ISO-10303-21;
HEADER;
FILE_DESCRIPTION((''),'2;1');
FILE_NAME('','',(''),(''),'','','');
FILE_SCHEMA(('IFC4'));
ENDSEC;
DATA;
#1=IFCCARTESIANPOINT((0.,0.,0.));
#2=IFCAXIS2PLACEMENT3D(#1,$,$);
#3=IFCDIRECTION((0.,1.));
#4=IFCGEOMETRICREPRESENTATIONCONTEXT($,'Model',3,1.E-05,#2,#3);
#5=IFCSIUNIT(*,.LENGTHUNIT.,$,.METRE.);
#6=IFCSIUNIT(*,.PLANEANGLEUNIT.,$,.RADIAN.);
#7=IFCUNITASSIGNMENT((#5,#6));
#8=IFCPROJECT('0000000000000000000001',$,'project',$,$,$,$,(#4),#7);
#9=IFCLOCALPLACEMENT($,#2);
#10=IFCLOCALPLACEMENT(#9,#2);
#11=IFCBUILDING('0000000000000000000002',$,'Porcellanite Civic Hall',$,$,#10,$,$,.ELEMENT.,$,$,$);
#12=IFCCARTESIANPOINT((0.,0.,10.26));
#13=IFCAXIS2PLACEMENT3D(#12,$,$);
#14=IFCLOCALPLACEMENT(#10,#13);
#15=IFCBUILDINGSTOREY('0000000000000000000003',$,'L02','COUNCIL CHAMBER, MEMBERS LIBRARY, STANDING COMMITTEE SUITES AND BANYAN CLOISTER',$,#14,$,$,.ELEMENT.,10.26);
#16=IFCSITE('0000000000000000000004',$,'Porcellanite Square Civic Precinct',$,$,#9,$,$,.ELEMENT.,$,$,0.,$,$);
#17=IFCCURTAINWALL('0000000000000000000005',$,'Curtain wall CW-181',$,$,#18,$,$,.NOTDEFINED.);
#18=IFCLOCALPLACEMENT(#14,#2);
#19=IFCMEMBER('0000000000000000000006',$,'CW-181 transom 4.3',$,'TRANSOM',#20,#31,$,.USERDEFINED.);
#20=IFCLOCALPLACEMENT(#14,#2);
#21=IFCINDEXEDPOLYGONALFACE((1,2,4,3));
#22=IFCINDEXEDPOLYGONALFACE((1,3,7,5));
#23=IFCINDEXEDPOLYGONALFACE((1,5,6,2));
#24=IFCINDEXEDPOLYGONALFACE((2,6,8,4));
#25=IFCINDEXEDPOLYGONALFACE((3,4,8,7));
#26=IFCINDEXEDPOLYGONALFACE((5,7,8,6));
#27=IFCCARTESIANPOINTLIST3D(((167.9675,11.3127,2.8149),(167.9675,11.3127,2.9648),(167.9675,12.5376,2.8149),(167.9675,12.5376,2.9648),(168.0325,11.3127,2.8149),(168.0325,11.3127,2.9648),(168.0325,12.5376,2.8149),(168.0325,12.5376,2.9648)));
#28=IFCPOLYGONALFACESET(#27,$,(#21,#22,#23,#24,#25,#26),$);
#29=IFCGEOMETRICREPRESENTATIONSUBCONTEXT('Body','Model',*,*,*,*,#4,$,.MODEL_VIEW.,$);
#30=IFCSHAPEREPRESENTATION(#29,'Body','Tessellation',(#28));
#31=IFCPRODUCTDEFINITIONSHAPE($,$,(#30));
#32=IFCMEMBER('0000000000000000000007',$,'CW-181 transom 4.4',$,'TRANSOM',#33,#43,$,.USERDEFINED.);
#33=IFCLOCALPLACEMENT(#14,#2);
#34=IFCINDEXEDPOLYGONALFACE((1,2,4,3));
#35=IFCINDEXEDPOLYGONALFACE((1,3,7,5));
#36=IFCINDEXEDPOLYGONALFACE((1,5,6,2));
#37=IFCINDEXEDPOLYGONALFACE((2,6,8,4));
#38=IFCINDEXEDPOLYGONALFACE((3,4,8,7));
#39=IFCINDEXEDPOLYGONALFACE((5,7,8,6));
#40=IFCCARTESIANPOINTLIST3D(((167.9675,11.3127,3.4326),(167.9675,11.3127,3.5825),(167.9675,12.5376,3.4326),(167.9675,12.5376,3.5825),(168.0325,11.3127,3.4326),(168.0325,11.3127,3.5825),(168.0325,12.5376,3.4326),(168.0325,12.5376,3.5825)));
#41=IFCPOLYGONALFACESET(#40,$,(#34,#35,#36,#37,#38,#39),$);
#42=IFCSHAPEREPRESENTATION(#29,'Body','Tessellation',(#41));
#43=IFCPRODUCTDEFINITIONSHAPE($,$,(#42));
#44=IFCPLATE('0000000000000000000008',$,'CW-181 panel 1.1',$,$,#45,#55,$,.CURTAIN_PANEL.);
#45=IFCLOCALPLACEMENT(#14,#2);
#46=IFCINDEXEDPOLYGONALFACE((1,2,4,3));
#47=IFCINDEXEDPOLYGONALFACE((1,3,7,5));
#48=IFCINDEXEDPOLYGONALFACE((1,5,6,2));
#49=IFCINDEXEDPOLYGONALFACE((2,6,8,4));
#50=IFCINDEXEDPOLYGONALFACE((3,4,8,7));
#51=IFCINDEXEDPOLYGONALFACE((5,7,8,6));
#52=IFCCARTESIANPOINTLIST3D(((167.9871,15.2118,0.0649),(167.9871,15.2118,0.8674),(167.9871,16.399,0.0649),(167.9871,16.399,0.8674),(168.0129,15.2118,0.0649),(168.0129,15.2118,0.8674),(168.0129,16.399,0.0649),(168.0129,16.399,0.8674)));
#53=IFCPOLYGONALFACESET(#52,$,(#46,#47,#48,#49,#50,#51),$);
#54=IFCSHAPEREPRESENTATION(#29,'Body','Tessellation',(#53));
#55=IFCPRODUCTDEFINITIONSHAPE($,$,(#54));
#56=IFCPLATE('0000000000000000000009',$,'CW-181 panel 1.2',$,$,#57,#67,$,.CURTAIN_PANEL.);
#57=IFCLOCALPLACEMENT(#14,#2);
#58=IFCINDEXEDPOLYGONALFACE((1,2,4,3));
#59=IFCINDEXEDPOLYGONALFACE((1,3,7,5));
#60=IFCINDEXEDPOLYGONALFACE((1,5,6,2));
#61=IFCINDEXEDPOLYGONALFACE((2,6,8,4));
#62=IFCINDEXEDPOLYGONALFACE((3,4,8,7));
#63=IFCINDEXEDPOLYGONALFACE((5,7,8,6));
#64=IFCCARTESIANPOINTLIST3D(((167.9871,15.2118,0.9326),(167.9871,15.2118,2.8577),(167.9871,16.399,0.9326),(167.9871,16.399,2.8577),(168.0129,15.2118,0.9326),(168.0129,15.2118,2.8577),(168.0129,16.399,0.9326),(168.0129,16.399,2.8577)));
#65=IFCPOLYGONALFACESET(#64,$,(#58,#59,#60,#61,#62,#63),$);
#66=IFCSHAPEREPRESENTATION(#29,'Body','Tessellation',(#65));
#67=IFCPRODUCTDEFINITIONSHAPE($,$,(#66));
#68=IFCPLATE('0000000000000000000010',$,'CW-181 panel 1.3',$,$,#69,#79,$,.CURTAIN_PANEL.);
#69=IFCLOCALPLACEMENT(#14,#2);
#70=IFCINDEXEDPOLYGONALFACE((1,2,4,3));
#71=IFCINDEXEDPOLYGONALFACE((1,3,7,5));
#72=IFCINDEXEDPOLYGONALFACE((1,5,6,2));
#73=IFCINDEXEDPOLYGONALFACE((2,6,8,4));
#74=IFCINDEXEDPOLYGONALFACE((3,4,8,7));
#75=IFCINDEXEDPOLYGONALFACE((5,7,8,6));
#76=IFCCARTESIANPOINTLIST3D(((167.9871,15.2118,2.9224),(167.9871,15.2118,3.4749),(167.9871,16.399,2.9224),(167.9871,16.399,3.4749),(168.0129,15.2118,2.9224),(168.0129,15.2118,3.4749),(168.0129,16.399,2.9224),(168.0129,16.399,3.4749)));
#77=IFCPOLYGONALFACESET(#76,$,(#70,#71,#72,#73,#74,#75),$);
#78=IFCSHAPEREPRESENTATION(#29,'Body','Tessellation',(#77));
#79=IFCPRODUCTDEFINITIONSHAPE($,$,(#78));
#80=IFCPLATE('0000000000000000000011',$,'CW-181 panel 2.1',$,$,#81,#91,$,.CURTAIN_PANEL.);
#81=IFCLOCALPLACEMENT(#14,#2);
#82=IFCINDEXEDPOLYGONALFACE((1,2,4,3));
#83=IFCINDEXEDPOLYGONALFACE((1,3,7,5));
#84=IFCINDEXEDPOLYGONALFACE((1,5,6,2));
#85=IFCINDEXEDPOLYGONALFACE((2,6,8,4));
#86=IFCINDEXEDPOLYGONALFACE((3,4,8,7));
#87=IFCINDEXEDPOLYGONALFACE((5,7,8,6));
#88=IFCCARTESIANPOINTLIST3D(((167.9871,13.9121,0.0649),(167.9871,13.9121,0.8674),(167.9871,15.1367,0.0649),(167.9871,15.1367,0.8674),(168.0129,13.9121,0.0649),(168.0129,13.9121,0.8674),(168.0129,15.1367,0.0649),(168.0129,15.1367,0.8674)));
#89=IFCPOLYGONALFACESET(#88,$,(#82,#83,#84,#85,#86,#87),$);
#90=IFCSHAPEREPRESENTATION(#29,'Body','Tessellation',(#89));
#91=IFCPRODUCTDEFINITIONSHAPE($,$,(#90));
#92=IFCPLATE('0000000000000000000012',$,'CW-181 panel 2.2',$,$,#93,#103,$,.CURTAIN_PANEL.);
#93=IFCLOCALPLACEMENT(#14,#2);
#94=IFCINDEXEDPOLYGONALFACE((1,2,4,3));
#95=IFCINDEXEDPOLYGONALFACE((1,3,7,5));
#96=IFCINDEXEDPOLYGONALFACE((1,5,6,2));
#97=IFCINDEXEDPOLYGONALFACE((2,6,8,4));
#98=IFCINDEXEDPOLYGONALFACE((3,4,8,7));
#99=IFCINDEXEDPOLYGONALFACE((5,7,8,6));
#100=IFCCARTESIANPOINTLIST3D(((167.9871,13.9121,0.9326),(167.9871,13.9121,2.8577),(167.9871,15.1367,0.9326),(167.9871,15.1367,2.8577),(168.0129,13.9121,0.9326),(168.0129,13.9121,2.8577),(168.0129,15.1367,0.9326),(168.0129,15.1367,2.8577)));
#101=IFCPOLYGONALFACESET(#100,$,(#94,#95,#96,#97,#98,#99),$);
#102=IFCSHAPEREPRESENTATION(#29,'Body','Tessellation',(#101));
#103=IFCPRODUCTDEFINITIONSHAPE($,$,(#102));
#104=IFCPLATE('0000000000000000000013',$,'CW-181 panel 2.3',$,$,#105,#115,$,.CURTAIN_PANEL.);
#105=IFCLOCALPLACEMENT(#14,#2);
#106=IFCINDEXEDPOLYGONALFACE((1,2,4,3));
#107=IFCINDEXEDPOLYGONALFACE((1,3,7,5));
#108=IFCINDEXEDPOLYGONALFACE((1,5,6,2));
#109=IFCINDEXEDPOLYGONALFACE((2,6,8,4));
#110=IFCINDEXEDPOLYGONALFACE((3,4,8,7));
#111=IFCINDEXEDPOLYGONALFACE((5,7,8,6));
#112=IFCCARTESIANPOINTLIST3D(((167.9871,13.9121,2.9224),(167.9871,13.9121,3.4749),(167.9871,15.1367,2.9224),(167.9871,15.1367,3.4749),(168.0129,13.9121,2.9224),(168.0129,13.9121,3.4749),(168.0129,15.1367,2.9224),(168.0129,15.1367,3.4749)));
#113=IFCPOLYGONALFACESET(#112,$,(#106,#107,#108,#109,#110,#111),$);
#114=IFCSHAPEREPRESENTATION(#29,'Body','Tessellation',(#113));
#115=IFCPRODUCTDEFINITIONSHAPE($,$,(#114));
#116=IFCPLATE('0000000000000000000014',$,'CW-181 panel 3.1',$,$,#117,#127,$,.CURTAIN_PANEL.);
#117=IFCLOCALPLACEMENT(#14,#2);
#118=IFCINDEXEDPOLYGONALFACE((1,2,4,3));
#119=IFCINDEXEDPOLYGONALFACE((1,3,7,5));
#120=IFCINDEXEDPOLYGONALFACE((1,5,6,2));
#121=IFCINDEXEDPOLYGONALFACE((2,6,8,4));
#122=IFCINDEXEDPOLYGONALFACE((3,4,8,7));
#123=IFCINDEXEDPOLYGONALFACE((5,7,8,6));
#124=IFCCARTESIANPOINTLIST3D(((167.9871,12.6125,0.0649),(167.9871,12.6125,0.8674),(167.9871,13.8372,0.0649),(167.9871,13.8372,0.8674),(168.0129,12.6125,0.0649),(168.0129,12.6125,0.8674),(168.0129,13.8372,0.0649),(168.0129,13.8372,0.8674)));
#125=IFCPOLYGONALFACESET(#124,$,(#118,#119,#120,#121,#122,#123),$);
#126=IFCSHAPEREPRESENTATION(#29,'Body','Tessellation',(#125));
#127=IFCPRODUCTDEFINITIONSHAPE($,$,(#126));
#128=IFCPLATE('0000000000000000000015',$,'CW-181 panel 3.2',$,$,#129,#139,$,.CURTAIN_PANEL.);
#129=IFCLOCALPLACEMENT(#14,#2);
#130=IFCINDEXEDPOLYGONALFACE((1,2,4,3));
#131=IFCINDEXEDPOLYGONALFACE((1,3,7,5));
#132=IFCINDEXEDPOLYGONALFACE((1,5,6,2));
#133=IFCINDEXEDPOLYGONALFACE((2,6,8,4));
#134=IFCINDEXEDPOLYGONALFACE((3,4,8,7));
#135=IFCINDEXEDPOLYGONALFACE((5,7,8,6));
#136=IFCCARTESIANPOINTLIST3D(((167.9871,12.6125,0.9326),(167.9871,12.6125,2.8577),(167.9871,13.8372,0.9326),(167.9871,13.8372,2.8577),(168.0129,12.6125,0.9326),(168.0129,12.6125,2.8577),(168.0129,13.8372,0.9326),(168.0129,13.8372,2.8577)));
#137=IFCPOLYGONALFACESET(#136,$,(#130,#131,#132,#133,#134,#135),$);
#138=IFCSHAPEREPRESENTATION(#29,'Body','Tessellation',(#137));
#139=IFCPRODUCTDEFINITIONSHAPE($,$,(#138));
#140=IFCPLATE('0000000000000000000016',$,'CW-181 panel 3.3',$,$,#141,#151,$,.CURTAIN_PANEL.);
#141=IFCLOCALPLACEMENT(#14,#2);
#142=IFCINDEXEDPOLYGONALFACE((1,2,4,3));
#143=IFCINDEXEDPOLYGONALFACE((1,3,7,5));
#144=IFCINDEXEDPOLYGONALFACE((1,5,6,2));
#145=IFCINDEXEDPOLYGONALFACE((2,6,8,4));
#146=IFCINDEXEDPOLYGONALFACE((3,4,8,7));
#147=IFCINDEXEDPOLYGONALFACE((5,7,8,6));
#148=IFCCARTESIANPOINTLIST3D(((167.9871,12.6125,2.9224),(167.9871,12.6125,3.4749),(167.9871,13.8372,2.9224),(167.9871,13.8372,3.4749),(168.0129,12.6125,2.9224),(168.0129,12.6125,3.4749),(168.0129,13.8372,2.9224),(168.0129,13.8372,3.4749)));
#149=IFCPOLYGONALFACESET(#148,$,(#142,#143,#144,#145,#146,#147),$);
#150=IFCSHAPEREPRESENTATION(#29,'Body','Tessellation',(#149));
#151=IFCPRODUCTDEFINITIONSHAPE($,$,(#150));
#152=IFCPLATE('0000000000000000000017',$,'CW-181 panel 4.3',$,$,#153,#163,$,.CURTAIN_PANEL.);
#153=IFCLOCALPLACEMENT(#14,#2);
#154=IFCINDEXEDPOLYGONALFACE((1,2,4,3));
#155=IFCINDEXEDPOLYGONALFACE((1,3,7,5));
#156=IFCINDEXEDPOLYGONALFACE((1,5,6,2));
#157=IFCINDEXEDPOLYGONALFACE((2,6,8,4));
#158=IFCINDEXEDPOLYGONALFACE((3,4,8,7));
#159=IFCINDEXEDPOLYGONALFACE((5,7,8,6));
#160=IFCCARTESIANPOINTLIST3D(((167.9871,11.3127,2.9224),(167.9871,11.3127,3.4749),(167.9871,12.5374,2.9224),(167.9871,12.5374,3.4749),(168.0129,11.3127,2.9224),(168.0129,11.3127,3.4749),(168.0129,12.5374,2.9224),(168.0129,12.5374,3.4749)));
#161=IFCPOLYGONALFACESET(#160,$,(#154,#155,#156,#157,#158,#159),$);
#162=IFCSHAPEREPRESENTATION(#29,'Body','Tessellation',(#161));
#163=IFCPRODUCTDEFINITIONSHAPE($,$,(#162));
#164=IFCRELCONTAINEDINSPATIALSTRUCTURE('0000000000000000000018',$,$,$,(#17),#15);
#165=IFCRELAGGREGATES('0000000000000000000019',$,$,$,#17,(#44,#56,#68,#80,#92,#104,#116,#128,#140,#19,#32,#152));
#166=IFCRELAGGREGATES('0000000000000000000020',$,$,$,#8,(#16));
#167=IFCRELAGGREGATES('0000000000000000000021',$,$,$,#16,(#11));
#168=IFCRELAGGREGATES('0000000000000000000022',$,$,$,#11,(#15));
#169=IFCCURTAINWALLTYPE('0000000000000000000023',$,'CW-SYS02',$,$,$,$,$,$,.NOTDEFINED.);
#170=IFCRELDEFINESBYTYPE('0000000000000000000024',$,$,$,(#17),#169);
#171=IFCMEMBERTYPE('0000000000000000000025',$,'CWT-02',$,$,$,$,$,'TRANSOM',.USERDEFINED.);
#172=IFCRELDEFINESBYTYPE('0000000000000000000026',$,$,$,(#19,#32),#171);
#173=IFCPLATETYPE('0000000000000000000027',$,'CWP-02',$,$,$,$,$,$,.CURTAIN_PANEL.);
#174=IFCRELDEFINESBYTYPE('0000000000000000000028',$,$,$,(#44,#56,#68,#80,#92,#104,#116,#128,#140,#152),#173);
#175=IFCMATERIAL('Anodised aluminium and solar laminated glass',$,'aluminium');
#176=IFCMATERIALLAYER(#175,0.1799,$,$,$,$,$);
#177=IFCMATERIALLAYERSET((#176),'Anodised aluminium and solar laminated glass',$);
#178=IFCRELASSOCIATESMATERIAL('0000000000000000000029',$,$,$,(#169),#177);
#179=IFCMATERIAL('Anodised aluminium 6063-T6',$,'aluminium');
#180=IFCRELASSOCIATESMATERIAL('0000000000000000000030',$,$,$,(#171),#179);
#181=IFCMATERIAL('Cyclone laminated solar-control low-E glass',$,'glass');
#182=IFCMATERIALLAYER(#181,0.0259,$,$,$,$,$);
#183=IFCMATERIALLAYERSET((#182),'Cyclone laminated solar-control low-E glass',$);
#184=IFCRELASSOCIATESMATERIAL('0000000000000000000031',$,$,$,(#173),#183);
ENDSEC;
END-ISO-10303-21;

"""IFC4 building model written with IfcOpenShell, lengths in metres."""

from ifc_helpers import new_model, si_unit, direction, frame, origin, origin_2d, place, context, subcontext, project, spatial, rectangle, extrude, material, layer, layer_set, material_profile, profile_set, type_object, element, aggregate, save


model = new_model("IFC4")

# Units and contexts
model_context = context("Model", 3, precision=1e-05, world=origin(), true_north=direction((0.0, 1.0)))
body_context = subcontext(model_context, "Body", "Model", "MODEL_VIEW")
ifc_project = project(units=[si_unit("LENGTHUNIT", "METRE"), si_unit("PLANEANGLEUNIT", "RADIAN")], contexts=[model_context])

# Site, building, storey
site_placement = place(None, origin())
site = spatial("IfcSite", under=ifc_project, at=site_placement, Name="Porcellanite Square Civic Precinct", CompositionType="ELEMENT", RefElevation=0.0)
building_placement = place(site_placement, origin())
building = spatial("IfcBuilding", under=site, at=building_placement, Name="Porcellanite Civic Hall", CompositionType="ELEMENT")
storey_placement = place(building_placement, frame((0.0, 0.0, 10.26)))
storey = spatial("IfcBuildingStorey", under=building, at=storey_placement, Name="L02", Description="COUNCIL CHAMBER, MEMBERS LIBRARY, STANDING COMMITTEE SUITES AND BANYAN CLOISTER", CompositionType="ELEMENT", Elevation=10.26)

# Curtain wall, members, plates
ifc_material_1 = material(Name="Anodised aluminium and solar laminated glass", Category="aluminium")
ifc_layer_1 = layer(ifc_material_1, 0.1799)
ifc_layer_set_1 = layer_set([ifc_layer_1], Name="Anodised aluminium and solar laminated glass")
curtain_wall_type = type_object("IfcCurtainWallType", Name="CW-SYS02", PredefinedType="NOTDEFINED", material=ifc_layer_set_1)
curtain_wall_placement = place(storey_placement, origin())
curtain_wall = element("IfcCurtainWall", 1, at=curtain_wall_placement, inside=storey, type_object=curtain_wall_type, Name="Curtain wall CW-181", PredefinedType="NOTDEFINED")
ifc_material_2 = material(Name="Anodised aluminium 6063-T6", Category="aluminium")
ifc_material_profile_1 = material_profile(ifc_material_2, rectangle(XDim=0.0649, YDim=0.1499, at=origin_2d()), Name="AL-65x150")
ifc_profile_set_1 = profile_set([ifc_material_profile_1], Name="Anodised aluminium 6063-T6")
member_type_1 = type_object("IfcMemberType", Name="CWT-02", ElementType="TRANSOM", PredefinedType="USERDEFINED", material=ifc_profile_set_1)
member_1_placement = place(storey_placement, frame((168.0, 12.5376, 2.8899), z_axis=(0.0, -1.0, 0.0), x_axis=(1.0, 0.0, 0.0)))
member_1 = element("IfcMember", 2, at=member_1_placement, type_object=member_type_1, Name="CW-181 transom 4.3", ObjectType="TRANSOM", PredefinedType="USERDEFINED", context=body_context, shape_type="SweptSolid", body=[
    extrude(rectangle(XDim=0.0649, YDim=0.1499, at=origin_2d()), origin(), (0.0, 0.0, 1.0), 1.2249),
])
member_2_placement = place(storey_placement, frame((168.0, 12.5376, 3.5076), z_axis=(0.0, -1.0, 0.0), x_axis=(1.0, 0.0, 0.0)))
member_2 = element("IfcMember", 3, at=member_2_placement, type_object=member_type_1, Name="CW-181 transom 4.4", ObjectType="TRANSOM", PredefinedType="USERDEFINED", context=body_context, shape_type="SweptSolid", body=[
    extrude(rectangle(XDim=0.0649, YDim=0.1499, at=origin_2d()), origin(), (0.0, 0.0, 1.0), 1.2249),
])
ifc_material_3 = material(Name="Cyclone laminated solar-control low-E glass", Category="glass")
ifc_layer_2 = layer(ifc_material_3, 0.0259)
ifc_layer_set_2 = layer_set([ifc_layer_2], Name="Cyclone laminated solar-control low-E glass")
plate_type = type_object("IfcPlateType", Name="CWP-02", PredefinedType="CURTAIN_PANEL", material=ifc_layer_set_2)
plate_1_placement = place(storey_placement, frame((168.0, 15.8054, 0.0649), z_axis=(0.0, 0.0, 1.0), x_axis=(0.0, -1.0, 0.0)))
plate_1 = element("IfcPlate", 4, at=plate_1_placement, type_object=plate_type, Name="CW-181 panel 1.1", PredefinedType="CURTAIN_PANEL", context=body_context, shape_type="SweptSolid", body=[
    extrude(rectangle(XDim=1.1873, YDim=0.0259, at=origin_2d()), origin(), (0.0, 0.0, 1.0), 0.8025),
])
plate_2_placement = place(storey_placement, frame((168.0, 15.8054, 0.9326), z_axis=(0.0, 0.0, 1.0), x_axis=(0.0, -1.0, 0.0)))
plate_2 = element("IfcPlate", 5, at=plate_2_placement, type_object=plate_type, Name="CW-181 panel 1.2", PredefinedType="CURTAIN_PANEL", context=body_context, shape_type="SweptSolid", body=[
    extrude(rectangle(XDim=1.1873, YDim=0.0259, at=origin_2d()), origin(), (0.0, 0.0, 1.0), 1.925),
])
plate_3_placement = place(storey_placement, frame((168.0, 15.8054, 2.9224), z_axis=(0.0, 0.0, 1.0), x_axis=(0.0, -1.0, 0.0)))
plate_3 = element("IfcPlate", 6, at=plate_3_placement, type_object=plate_type, Name="CW-181 panel 1.3", PredefinedType="CURTAIN_PANEL", context=body_context, shape_type="SweptSolid", body=[
    extrude(rectangle(XDim=1.1873, YDim=0.0259, at=origin_2d()), origin(), (0.0, 0.0, 1.0), 0.5525),
])
plate_4_placement = place(storey_placement, frame((168.0, 14.5244, 0.0649), z_axis=(0.0, 0.0, 1.0), x_axis=(0.0, -1.0, 0.0)))
plate_4 = element("IfcPlate", 7, at=plate_4_placement, type_object=plate_type, Name="CW-181 panel 2.1", PredefinedType="CURTAIN_PANEL", context=body_context, shape_type="SweptSolid", body=[
    extrude(rectangle(XDim=1.2246, YDim=0.0259, at=origin_2d()), origin(), (0.0, 0.0, 1.0), 0.8025),
])
plate_5_placement = place(storey_placement, frame((168.0, 14.5244, 0.9326), z_axis=(0.0, 0.0, 1.0), x_axis=(0.0, -1.0, 0.0)))
plate_5 = element("IfcPlate", 8, at=plate_5_placement, type_object=plate_type, Name="CW-181 panel 2.2", PredefinedType="CURTAIN_PANEL", context=body_context, shape_type="SweptSolid", body=[
    extrude(rectangle(XDim=1.2246, YDim=0.0259, at=origin_2d()), origin(), (0.0, 0.0, 1.0), 1.925),
])
plate_6_placement = place(storey_placement, frame((168.0, 14.5244, 2.9224), z_axis=(0.0, 0.0, 1.0), x_axis=(0.0, -1.0, 0.0)))
plate_6 = element("IfcPlate", 9, at=plate_6_placement, type_object=plate_type, Name="CW-181 panel 2.3", PredefinedType="CURTAIN_PANEL", context=body_context, shape_type="SweptSolid", body=[
    extrude(rectangle(XDim=1.2246, YDim=0.0259, at=origin_2d()), origin(), (0.0, 0.0, 1.0), 0.5525),
])
plate_7_placement = place(storey_placement, frame((168.0, 13.2249, 0.0649), z_axis=(0.0, 0.0, 1.0), x_axis=(0.0, -1.0, 0.0)))
plate_7 = element("IfcPlate", 10, at=plate_7_placement, type_object=plate_type, Name="CW-181 panel 3.1", PredefinedType="CURTAIN_PANEL", context=body_context, shape_type="SweptSolid", body=[
    extrude(rectangle(XDim=1.2246, YDim=0.0259, at=origin_2d()), origin(), (0.0, 0.0, 1.0), 0.8025),
])
plate_8_placement = place(storey_placement, frame((168.0, 13.2249, 0.9326), z_axis=(0.0, 0.0, 1.0), x_axis=(0.0, -1.0, 0.0)))
plate_8 = element("IfcPlate", 11, at=plate_8_placement, type_object=plate_type, Name="CW-181 panel 3.2", PredefinedType="CURTAIN_PANEL", context=body_context, shape_type="SweptSolid", body=[
    extrude(rectangle(XDim=1.2246, YDim=0.0259, at=origin_2d()), origin(), (0.0, 0.0, 1.0), 1.925),
])
plate_9_placement = place(storey_placement, frame((168.0, 13.2249, 2.9224), z_axis=(0.0, 0.0, 1.0), x_axis=(0.0, -1.0, 0.0)))
plate_9 = element("IfcPlate", 12, at=plate_9_placement, type_object=plate_type, Name="CW-181 panel 3.3", PredefinedType="CURTAIN_PANEL", context=body_context, shape_type="SweptSolid", body=[
    extrude(rectangle(XDim=1.2246, YDim=0.0259, at=origin_2d()), origin(), (0.0, 0.0, 1.0), 0.5525),
])
plate_10_placement = place(storey_placement, frame((168.0, 11.925, 2.9224), z_axis=(0.0, 0.0, 1.0), x_axis=(0.0, -1.0, 0.0)))
plate_10 = element("IfcPlate", 13, at=plate_10_placement, type_object=plate_type, Name="CW-181 panel 4.3", PredefinedType="CURTAIN_PANEL", context=body_context, shape_type="SweptSolid", body=[
    extrude(rectangle(XDim=1.2246, YDim=0.0259, at=origin_2d()), origin(), (0.0, 0.0, 1.0), 0.5525),
])
aggregate(curtain_wall, [plate_1, plate_2, plate_3, plate_4, plate_5, plate_6, plate_7, plate_8, plate_9, member_1, member_2, plate_10])

save(model, "model.ifc")
